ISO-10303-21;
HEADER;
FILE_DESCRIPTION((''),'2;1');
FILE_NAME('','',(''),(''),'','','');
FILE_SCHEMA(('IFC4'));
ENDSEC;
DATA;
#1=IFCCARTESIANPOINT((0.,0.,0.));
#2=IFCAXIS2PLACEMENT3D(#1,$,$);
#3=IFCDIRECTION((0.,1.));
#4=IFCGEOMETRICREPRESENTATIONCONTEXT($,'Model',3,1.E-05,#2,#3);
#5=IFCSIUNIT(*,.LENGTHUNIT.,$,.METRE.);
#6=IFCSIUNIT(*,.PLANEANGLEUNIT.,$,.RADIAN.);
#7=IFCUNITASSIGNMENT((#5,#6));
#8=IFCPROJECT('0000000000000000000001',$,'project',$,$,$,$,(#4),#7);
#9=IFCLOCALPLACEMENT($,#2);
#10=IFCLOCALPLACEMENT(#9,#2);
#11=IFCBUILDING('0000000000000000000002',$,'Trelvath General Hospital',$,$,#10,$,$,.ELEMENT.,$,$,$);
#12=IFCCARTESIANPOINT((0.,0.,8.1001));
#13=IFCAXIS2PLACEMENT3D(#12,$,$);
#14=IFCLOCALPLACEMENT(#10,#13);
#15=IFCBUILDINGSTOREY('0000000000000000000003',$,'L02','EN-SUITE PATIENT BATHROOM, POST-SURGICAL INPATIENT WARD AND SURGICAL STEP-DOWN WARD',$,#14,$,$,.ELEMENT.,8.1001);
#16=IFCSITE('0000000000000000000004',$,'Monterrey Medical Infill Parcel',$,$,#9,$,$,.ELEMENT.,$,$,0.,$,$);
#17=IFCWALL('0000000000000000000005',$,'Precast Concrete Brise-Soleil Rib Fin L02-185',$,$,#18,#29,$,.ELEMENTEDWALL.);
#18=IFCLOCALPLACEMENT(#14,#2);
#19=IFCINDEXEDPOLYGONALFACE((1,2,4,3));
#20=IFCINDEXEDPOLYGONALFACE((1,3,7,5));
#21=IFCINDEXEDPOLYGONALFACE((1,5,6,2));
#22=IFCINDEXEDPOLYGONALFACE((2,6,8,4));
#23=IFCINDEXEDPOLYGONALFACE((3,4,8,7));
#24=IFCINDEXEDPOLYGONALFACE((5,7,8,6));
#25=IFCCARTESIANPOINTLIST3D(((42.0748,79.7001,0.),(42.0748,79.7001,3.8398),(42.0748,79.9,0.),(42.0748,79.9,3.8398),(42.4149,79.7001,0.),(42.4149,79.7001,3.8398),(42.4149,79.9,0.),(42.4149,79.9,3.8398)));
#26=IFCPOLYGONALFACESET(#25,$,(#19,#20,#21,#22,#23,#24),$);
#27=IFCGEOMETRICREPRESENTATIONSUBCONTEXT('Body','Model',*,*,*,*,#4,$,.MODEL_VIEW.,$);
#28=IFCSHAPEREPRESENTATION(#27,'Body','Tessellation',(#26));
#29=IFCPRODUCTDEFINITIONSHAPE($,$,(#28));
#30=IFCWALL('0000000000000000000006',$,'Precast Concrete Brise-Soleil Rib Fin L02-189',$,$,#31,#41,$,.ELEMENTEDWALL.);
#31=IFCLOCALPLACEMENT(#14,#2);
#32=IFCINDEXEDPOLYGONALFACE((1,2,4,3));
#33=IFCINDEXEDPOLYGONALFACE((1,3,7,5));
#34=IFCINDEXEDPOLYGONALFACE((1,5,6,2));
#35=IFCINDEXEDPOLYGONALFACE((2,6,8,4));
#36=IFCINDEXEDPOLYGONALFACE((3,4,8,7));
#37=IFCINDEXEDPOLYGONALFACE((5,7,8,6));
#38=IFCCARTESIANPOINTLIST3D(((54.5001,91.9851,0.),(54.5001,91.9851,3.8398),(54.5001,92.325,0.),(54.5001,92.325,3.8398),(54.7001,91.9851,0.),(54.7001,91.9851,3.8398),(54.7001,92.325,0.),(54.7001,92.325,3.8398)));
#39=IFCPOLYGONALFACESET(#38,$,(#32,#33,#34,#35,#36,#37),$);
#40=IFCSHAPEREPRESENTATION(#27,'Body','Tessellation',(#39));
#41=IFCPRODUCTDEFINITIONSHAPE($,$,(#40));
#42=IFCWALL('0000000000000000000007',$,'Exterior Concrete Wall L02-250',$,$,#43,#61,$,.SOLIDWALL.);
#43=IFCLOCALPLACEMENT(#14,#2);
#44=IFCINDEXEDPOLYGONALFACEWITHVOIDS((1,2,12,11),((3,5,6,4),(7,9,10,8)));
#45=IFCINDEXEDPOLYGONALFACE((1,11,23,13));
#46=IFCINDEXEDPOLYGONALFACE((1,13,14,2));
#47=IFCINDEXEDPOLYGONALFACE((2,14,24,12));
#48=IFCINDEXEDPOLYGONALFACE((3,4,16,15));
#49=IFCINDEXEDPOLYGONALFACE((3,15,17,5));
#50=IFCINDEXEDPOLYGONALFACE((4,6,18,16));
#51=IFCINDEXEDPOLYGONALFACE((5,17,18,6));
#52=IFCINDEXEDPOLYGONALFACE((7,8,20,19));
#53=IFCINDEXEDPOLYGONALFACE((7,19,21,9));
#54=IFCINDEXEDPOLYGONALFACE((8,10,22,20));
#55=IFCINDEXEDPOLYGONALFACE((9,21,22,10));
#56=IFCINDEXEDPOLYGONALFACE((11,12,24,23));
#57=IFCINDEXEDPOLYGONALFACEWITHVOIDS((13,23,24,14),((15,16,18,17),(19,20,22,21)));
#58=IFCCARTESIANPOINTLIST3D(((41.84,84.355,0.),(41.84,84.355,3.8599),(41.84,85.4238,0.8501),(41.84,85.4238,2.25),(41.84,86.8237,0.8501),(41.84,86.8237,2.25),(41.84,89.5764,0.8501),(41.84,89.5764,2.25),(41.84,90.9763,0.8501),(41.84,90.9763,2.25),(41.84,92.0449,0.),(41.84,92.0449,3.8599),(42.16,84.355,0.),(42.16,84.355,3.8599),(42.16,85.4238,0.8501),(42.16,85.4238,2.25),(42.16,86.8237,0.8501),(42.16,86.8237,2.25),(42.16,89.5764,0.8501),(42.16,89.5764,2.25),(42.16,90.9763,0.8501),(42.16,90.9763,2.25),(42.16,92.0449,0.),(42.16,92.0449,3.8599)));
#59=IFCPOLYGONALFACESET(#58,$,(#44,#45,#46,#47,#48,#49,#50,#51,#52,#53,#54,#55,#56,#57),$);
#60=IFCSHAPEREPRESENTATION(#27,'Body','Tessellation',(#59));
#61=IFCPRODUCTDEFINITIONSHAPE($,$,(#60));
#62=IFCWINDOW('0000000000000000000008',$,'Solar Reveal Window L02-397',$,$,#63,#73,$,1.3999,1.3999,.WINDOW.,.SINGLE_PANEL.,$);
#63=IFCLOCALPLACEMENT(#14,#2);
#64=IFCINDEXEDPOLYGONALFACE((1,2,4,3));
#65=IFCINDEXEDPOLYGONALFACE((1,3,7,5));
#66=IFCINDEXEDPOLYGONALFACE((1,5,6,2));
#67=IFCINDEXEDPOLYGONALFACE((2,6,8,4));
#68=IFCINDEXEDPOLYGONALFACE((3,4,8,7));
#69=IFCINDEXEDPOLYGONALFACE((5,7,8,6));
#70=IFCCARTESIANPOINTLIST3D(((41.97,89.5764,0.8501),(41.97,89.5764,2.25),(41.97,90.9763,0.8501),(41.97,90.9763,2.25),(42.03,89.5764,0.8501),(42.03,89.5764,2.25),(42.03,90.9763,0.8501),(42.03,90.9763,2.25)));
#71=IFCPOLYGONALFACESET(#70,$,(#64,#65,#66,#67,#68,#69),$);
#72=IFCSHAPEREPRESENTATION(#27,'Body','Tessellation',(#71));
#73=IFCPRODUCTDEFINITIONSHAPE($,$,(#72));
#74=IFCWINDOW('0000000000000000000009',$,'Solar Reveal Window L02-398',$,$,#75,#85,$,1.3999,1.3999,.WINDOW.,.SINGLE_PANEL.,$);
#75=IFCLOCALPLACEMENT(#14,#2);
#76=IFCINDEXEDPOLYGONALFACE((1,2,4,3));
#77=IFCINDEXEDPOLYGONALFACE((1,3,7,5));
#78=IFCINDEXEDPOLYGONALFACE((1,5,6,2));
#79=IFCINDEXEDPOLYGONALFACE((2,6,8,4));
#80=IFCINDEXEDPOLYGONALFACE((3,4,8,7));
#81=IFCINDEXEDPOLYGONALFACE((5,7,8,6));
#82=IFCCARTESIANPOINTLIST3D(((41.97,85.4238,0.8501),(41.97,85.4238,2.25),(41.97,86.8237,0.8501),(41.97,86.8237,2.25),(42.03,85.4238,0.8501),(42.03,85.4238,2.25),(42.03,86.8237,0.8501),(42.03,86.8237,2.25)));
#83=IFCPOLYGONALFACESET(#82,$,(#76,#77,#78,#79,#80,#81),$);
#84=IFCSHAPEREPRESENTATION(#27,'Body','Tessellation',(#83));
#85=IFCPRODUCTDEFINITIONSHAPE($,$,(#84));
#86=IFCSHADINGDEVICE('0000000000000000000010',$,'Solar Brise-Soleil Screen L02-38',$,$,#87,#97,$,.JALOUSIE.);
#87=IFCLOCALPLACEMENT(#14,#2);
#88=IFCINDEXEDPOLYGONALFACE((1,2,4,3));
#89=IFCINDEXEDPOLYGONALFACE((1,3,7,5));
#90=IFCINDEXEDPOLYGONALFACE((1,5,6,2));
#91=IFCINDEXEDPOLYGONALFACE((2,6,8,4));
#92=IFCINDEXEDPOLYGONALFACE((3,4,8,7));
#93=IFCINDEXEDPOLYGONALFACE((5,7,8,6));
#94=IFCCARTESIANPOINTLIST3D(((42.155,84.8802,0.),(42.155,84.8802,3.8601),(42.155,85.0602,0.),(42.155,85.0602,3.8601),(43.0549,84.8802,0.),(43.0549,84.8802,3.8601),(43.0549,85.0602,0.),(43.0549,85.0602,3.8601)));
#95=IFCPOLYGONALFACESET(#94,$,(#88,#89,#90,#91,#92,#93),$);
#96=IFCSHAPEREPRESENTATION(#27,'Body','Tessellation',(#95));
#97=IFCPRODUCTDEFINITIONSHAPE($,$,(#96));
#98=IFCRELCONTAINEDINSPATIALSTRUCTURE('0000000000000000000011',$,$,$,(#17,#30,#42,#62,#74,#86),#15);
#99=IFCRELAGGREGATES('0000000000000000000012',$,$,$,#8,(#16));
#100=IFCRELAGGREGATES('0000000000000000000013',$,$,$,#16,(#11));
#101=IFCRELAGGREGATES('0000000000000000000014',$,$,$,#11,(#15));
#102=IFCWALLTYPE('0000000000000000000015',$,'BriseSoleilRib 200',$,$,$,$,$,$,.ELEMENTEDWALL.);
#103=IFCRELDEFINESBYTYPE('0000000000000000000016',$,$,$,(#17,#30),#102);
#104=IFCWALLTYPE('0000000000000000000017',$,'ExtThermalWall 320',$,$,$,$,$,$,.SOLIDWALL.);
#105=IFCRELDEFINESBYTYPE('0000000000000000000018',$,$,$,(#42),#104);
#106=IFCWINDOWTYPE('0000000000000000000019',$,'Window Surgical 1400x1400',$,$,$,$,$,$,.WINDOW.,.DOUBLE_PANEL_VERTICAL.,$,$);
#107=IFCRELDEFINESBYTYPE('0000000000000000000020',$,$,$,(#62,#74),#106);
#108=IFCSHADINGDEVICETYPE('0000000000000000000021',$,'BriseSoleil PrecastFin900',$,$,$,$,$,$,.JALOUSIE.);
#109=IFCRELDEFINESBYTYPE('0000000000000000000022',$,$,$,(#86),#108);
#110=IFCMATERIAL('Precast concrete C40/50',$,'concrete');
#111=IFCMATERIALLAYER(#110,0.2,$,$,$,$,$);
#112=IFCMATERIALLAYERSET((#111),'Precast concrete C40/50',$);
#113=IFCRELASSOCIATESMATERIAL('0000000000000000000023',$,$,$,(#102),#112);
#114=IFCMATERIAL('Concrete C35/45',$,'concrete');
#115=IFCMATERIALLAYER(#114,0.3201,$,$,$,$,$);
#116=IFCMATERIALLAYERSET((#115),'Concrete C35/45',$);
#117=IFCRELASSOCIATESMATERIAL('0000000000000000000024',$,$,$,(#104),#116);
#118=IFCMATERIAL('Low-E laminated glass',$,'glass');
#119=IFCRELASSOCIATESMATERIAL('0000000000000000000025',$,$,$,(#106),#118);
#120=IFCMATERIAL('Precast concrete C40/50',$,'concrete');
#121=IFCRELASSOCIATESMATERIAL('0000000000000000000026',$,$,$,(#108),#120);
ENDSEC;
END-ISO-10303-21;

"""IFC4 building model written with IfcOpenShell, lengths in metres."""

from ifc_helpers import new_model, si_unit, direction, frame, frame_2d, origin, origin_2d, place, context, subcontext, project, spatial, rectangle, extrude, material, layer, layer_set, type_object, element, fill, save


model = new_model("IFC4")

# Units and contexts
model_context = context("Model", 3, precision=1e-05, world=origin(), true_north=direction((0.0, 1.0)))
body_context = subcontext(model_context, "Body", "Model", "MODEL_VIEW")
ifc_project = project(units=[si_unit("LENGTHUNIT", "METRE"), si_unit("PLANEANGLEUNIT", "RADIAN")], contexts=[model_context])

# Site, building, storey
site_placement = place(None, origin())
site = spatial("IfcSite", under=ifc_project, at=site_placement, Name="Monterrey Medical Infill Parcel", CompositionType="ELEMENT", RefElevation=0.0)
building_placement = place(site_placement, origin())
building = spatial("IfcBuilding", under=site, at=building_placement, Name="Trelvath General Hospital", CompositionType="ELEMENT")
storey_placement = place(building_placement, frame((0.0, 0.0, 8.1001)))
storey = spatial("IfcBuildingStorey", under=building, at=storey_placement, Name="L02", Description="EN-SUITE PATIENT BATHROOM, POST-SURGICAL INPATIENT WARD AND SURGICAL STEP-DOWN WARD", CompositionType="ELEMENT", Elevation=8.1001)

# Walls
ifc_material_1 = material(Name="Precast concrete C40/50", Category="concrete")
ifc_layer_1 = layer(ifc_material_1, 0.2)
ifc_layer_set_1 = layer_set([ifc_layer_1], Name="Precast concrete C40/50")
wall_type_1 = type_object("IfcWallType", Name="BriseSoleilRib 200", PredefinedType="ELEMENTEDWALL", material=ifc_layer_set_1)
wall_1_placement = place(storey_placement, frame((42.075, 79.8, 0.0), z_axis=(0.0, 0.0, 1.0), x_axis=(1.0, 0.0, 0.0)))
element("IfcWall", 1, at=wall_1_placement, inside=storey, type_object=wall_type_1, Name="Precast Concrete Brise-Soleil Rib Fin L02-185", PredefinedType="ELEMENTEDWALL", context=body_context, shape_type="SweptSolid", body=[
    extrude(rectangle(XDim=0.3401, YDim=0.2, at=frame_2d((0.1699, 0.0))), origin(), (0.0, 0.0, 1.0), 3.8398),
])
wall_2_placement = place(storey_placement, frame((54.6001, 92.325, 0.0), z_axis=(0.0, 0.0, 1.0), x_axis=(0.0, -1.0, 0.0)))
element("IfcWall", 2, at=wall_2_placement, inside=storey, type_object=wall_type_1, Name="Precast Concrete Brise-Soleil Rib Fin L02-189", PredefinedType="ELEMENTEDWALL", context=body_context, shape_type="SweptSolid", body=[
    extrude(rectangle(XDim=0.3398, YDim=0.2, at=frame_2d((0.1699, 0.0))), origin(), (0.0, 0.0, 1.0), 3.8398),
])

# Wall, openings, windows
ifc_material_2 = material(Name="Concrete C35/45", Category="concrete")
ifc_layer_2 = layer(ifc_material_2, 0.3201)
ifc_layer_set_2 = layer_set([ifc_layer_2], Name="Concrete C35/45")
wall_type_2 = type_object("IfcWallType", Name="ExtThermalWall 320", PredefinedType="SOLIDWALL", material=ifc_layer_set_2)
wall_3_placement = place(storey_placement, frame((42.0, 92.0449, 0.0), z_axis=(0.0, 0.0, 1.0), x_axis=(0.0, -1.0, 0.0)))
wall_3 = element("IfcWall", 3, at=wall_3_placement, inside=storey, type_object=wall_type_2, Name="Exterior Concrete Wall L02-250", PredefinedType="SOLIDWALL", context=body_context, shape_type="SweptSolid", body=[
    extrude(rectangle(XDim=7.6899, YDim=0.3201, at=frame_2d((3.845, 0.0))), origin(), (0.0, 0.0, 1.0), 3.8599),
])
opening_1_placement = place(wall_3_placement, frame((1.0686, 0.0, 0.8501)))
opening_1 = element("IfcOpeningElement", 4, at=opening_1_placement, cuts=wall_3, PredefinedType="OPENING", context=body_context, shape_type="SweptSolid", body=[
    extrude(rectangle(XDim=1.3999, YDim=1.3999, at=frame_2d((0.7, 0.7))), frame((0.0, 0.1699, 0.0), z_axis=(0.0, -1.0, 0.0), x_axis=(1.0, 0.0, 0.0)), (0.0, 0.0, 1.0), 0.3401),
])
opening_2_placement = place(wall_3_placement, frame((5.2212, 0.0, 0.8501)))
opening_2 = element("IfcOpeningElement", 5, at=opening_2_placement, cuts=wall_3, PredefinedType="OPENING", context=body_context, shape_type="SweptSolid", body=[
    extrude(rectangle(XDim=1.3999, YDim=1.3999, at=frame_2d((0.7, 0.7))), frame((0.0, 0.1699, 0.0), z_axis=(0.0, -1.0, 0.0), x_axis=(1.0, 0.0, 0.0)), (0.0, 0.0, 1.0), 0.3401),
])
ifc_material_3 = material(Name="Low-E laminated glass", Category="glass")
window_type = type_object("IfcWindowType", Name="Window Surgical 1400x1400", PartitioningType="DOUBLE_PANEL_VERTICAL", PredefinedType="WINDOW", material=ifc_material_3)
window_1_placement = place(opening_1_placement, origin())
window_1 = element("IfcWindow", 6, at=window_1_placement, inside=storey, type_object=window_type, Name="Solar Reveal Window L02-397", OverallHeight=1.3999, OverallWidth=1.3999, PartitioningType="SINGLE_PANEL", PredefinedType="WINDOW", context=body_context, shape_type="SweptSolid", body=[
    extrude(rectangle(XDim=1.3999, YDim=1.3999, at=frame_2d((0.7, 0.7))), frame((0.0, 0.03, 0.0), z_axis=(0.0, -1.0, 0.0), x_axis=(1.0, 0.0, 0.0)), (0.0, 0.0, 1.0), 0.0601),
])
fill(opening_1, window_1)
window_2_placement = place(opening_2_placement, origin())
window_2 = element("IfcWindow", 7, at=window_2_placement, inside=storey, type_object=window_type, Name="Solar Reveal Window L02-398", OverallHeight=1.3999, OverallWidth=1.3999, PartitioningType="SINGLE_PANEL", PredefinedType="WINDOW", context=body_context, shape_type="SweptSolid", body=[
    extrude(rectangle(XDim=1.3999, YDim=1.3999, at=frame_2d((0.7, 0.7))), frame((0.0, 0.03, 0.0), z_axis=(0.0, -1.0, 0.0), x_axis=(1.0, 0.0, 0.0)), (0.0, 0.0, 1.0), 0.0601),
])
fill(opening_2, window_2)

# Shading device
ifc_material_4 = material(Name="Precast concrete C40/50", Category="concrete")
shading_device_type = type_object("IfcShadingDeviceType", Name="BriseSoleil PrecastFin900", PredefinedType="JALOUSIE", material=ifc_material_4)
shading_device_placement = place(storey_placement, frame((42.605, 84.9702, 0.0), z_axis=(0.0, 0.0, 1.0), x_axis=(1.0, 0.0, 0.0)))
element("IfcShadingDevice", 8, at=shading_device_placement, inside=storey, type_object=shading_device_type, Name="Solar Brise-Soleil Screen L02-38", PredefinedType="JALOUSIE", context=body_context, shape_type="SweptSolid", body=[
    extrude(rectangle(XDim=0.8999, YDim=0.1799, at=origin_2d()), origin(), (0.0, 0.0, 1.0), 3.8601),
])

save(model, "model.ifc")
